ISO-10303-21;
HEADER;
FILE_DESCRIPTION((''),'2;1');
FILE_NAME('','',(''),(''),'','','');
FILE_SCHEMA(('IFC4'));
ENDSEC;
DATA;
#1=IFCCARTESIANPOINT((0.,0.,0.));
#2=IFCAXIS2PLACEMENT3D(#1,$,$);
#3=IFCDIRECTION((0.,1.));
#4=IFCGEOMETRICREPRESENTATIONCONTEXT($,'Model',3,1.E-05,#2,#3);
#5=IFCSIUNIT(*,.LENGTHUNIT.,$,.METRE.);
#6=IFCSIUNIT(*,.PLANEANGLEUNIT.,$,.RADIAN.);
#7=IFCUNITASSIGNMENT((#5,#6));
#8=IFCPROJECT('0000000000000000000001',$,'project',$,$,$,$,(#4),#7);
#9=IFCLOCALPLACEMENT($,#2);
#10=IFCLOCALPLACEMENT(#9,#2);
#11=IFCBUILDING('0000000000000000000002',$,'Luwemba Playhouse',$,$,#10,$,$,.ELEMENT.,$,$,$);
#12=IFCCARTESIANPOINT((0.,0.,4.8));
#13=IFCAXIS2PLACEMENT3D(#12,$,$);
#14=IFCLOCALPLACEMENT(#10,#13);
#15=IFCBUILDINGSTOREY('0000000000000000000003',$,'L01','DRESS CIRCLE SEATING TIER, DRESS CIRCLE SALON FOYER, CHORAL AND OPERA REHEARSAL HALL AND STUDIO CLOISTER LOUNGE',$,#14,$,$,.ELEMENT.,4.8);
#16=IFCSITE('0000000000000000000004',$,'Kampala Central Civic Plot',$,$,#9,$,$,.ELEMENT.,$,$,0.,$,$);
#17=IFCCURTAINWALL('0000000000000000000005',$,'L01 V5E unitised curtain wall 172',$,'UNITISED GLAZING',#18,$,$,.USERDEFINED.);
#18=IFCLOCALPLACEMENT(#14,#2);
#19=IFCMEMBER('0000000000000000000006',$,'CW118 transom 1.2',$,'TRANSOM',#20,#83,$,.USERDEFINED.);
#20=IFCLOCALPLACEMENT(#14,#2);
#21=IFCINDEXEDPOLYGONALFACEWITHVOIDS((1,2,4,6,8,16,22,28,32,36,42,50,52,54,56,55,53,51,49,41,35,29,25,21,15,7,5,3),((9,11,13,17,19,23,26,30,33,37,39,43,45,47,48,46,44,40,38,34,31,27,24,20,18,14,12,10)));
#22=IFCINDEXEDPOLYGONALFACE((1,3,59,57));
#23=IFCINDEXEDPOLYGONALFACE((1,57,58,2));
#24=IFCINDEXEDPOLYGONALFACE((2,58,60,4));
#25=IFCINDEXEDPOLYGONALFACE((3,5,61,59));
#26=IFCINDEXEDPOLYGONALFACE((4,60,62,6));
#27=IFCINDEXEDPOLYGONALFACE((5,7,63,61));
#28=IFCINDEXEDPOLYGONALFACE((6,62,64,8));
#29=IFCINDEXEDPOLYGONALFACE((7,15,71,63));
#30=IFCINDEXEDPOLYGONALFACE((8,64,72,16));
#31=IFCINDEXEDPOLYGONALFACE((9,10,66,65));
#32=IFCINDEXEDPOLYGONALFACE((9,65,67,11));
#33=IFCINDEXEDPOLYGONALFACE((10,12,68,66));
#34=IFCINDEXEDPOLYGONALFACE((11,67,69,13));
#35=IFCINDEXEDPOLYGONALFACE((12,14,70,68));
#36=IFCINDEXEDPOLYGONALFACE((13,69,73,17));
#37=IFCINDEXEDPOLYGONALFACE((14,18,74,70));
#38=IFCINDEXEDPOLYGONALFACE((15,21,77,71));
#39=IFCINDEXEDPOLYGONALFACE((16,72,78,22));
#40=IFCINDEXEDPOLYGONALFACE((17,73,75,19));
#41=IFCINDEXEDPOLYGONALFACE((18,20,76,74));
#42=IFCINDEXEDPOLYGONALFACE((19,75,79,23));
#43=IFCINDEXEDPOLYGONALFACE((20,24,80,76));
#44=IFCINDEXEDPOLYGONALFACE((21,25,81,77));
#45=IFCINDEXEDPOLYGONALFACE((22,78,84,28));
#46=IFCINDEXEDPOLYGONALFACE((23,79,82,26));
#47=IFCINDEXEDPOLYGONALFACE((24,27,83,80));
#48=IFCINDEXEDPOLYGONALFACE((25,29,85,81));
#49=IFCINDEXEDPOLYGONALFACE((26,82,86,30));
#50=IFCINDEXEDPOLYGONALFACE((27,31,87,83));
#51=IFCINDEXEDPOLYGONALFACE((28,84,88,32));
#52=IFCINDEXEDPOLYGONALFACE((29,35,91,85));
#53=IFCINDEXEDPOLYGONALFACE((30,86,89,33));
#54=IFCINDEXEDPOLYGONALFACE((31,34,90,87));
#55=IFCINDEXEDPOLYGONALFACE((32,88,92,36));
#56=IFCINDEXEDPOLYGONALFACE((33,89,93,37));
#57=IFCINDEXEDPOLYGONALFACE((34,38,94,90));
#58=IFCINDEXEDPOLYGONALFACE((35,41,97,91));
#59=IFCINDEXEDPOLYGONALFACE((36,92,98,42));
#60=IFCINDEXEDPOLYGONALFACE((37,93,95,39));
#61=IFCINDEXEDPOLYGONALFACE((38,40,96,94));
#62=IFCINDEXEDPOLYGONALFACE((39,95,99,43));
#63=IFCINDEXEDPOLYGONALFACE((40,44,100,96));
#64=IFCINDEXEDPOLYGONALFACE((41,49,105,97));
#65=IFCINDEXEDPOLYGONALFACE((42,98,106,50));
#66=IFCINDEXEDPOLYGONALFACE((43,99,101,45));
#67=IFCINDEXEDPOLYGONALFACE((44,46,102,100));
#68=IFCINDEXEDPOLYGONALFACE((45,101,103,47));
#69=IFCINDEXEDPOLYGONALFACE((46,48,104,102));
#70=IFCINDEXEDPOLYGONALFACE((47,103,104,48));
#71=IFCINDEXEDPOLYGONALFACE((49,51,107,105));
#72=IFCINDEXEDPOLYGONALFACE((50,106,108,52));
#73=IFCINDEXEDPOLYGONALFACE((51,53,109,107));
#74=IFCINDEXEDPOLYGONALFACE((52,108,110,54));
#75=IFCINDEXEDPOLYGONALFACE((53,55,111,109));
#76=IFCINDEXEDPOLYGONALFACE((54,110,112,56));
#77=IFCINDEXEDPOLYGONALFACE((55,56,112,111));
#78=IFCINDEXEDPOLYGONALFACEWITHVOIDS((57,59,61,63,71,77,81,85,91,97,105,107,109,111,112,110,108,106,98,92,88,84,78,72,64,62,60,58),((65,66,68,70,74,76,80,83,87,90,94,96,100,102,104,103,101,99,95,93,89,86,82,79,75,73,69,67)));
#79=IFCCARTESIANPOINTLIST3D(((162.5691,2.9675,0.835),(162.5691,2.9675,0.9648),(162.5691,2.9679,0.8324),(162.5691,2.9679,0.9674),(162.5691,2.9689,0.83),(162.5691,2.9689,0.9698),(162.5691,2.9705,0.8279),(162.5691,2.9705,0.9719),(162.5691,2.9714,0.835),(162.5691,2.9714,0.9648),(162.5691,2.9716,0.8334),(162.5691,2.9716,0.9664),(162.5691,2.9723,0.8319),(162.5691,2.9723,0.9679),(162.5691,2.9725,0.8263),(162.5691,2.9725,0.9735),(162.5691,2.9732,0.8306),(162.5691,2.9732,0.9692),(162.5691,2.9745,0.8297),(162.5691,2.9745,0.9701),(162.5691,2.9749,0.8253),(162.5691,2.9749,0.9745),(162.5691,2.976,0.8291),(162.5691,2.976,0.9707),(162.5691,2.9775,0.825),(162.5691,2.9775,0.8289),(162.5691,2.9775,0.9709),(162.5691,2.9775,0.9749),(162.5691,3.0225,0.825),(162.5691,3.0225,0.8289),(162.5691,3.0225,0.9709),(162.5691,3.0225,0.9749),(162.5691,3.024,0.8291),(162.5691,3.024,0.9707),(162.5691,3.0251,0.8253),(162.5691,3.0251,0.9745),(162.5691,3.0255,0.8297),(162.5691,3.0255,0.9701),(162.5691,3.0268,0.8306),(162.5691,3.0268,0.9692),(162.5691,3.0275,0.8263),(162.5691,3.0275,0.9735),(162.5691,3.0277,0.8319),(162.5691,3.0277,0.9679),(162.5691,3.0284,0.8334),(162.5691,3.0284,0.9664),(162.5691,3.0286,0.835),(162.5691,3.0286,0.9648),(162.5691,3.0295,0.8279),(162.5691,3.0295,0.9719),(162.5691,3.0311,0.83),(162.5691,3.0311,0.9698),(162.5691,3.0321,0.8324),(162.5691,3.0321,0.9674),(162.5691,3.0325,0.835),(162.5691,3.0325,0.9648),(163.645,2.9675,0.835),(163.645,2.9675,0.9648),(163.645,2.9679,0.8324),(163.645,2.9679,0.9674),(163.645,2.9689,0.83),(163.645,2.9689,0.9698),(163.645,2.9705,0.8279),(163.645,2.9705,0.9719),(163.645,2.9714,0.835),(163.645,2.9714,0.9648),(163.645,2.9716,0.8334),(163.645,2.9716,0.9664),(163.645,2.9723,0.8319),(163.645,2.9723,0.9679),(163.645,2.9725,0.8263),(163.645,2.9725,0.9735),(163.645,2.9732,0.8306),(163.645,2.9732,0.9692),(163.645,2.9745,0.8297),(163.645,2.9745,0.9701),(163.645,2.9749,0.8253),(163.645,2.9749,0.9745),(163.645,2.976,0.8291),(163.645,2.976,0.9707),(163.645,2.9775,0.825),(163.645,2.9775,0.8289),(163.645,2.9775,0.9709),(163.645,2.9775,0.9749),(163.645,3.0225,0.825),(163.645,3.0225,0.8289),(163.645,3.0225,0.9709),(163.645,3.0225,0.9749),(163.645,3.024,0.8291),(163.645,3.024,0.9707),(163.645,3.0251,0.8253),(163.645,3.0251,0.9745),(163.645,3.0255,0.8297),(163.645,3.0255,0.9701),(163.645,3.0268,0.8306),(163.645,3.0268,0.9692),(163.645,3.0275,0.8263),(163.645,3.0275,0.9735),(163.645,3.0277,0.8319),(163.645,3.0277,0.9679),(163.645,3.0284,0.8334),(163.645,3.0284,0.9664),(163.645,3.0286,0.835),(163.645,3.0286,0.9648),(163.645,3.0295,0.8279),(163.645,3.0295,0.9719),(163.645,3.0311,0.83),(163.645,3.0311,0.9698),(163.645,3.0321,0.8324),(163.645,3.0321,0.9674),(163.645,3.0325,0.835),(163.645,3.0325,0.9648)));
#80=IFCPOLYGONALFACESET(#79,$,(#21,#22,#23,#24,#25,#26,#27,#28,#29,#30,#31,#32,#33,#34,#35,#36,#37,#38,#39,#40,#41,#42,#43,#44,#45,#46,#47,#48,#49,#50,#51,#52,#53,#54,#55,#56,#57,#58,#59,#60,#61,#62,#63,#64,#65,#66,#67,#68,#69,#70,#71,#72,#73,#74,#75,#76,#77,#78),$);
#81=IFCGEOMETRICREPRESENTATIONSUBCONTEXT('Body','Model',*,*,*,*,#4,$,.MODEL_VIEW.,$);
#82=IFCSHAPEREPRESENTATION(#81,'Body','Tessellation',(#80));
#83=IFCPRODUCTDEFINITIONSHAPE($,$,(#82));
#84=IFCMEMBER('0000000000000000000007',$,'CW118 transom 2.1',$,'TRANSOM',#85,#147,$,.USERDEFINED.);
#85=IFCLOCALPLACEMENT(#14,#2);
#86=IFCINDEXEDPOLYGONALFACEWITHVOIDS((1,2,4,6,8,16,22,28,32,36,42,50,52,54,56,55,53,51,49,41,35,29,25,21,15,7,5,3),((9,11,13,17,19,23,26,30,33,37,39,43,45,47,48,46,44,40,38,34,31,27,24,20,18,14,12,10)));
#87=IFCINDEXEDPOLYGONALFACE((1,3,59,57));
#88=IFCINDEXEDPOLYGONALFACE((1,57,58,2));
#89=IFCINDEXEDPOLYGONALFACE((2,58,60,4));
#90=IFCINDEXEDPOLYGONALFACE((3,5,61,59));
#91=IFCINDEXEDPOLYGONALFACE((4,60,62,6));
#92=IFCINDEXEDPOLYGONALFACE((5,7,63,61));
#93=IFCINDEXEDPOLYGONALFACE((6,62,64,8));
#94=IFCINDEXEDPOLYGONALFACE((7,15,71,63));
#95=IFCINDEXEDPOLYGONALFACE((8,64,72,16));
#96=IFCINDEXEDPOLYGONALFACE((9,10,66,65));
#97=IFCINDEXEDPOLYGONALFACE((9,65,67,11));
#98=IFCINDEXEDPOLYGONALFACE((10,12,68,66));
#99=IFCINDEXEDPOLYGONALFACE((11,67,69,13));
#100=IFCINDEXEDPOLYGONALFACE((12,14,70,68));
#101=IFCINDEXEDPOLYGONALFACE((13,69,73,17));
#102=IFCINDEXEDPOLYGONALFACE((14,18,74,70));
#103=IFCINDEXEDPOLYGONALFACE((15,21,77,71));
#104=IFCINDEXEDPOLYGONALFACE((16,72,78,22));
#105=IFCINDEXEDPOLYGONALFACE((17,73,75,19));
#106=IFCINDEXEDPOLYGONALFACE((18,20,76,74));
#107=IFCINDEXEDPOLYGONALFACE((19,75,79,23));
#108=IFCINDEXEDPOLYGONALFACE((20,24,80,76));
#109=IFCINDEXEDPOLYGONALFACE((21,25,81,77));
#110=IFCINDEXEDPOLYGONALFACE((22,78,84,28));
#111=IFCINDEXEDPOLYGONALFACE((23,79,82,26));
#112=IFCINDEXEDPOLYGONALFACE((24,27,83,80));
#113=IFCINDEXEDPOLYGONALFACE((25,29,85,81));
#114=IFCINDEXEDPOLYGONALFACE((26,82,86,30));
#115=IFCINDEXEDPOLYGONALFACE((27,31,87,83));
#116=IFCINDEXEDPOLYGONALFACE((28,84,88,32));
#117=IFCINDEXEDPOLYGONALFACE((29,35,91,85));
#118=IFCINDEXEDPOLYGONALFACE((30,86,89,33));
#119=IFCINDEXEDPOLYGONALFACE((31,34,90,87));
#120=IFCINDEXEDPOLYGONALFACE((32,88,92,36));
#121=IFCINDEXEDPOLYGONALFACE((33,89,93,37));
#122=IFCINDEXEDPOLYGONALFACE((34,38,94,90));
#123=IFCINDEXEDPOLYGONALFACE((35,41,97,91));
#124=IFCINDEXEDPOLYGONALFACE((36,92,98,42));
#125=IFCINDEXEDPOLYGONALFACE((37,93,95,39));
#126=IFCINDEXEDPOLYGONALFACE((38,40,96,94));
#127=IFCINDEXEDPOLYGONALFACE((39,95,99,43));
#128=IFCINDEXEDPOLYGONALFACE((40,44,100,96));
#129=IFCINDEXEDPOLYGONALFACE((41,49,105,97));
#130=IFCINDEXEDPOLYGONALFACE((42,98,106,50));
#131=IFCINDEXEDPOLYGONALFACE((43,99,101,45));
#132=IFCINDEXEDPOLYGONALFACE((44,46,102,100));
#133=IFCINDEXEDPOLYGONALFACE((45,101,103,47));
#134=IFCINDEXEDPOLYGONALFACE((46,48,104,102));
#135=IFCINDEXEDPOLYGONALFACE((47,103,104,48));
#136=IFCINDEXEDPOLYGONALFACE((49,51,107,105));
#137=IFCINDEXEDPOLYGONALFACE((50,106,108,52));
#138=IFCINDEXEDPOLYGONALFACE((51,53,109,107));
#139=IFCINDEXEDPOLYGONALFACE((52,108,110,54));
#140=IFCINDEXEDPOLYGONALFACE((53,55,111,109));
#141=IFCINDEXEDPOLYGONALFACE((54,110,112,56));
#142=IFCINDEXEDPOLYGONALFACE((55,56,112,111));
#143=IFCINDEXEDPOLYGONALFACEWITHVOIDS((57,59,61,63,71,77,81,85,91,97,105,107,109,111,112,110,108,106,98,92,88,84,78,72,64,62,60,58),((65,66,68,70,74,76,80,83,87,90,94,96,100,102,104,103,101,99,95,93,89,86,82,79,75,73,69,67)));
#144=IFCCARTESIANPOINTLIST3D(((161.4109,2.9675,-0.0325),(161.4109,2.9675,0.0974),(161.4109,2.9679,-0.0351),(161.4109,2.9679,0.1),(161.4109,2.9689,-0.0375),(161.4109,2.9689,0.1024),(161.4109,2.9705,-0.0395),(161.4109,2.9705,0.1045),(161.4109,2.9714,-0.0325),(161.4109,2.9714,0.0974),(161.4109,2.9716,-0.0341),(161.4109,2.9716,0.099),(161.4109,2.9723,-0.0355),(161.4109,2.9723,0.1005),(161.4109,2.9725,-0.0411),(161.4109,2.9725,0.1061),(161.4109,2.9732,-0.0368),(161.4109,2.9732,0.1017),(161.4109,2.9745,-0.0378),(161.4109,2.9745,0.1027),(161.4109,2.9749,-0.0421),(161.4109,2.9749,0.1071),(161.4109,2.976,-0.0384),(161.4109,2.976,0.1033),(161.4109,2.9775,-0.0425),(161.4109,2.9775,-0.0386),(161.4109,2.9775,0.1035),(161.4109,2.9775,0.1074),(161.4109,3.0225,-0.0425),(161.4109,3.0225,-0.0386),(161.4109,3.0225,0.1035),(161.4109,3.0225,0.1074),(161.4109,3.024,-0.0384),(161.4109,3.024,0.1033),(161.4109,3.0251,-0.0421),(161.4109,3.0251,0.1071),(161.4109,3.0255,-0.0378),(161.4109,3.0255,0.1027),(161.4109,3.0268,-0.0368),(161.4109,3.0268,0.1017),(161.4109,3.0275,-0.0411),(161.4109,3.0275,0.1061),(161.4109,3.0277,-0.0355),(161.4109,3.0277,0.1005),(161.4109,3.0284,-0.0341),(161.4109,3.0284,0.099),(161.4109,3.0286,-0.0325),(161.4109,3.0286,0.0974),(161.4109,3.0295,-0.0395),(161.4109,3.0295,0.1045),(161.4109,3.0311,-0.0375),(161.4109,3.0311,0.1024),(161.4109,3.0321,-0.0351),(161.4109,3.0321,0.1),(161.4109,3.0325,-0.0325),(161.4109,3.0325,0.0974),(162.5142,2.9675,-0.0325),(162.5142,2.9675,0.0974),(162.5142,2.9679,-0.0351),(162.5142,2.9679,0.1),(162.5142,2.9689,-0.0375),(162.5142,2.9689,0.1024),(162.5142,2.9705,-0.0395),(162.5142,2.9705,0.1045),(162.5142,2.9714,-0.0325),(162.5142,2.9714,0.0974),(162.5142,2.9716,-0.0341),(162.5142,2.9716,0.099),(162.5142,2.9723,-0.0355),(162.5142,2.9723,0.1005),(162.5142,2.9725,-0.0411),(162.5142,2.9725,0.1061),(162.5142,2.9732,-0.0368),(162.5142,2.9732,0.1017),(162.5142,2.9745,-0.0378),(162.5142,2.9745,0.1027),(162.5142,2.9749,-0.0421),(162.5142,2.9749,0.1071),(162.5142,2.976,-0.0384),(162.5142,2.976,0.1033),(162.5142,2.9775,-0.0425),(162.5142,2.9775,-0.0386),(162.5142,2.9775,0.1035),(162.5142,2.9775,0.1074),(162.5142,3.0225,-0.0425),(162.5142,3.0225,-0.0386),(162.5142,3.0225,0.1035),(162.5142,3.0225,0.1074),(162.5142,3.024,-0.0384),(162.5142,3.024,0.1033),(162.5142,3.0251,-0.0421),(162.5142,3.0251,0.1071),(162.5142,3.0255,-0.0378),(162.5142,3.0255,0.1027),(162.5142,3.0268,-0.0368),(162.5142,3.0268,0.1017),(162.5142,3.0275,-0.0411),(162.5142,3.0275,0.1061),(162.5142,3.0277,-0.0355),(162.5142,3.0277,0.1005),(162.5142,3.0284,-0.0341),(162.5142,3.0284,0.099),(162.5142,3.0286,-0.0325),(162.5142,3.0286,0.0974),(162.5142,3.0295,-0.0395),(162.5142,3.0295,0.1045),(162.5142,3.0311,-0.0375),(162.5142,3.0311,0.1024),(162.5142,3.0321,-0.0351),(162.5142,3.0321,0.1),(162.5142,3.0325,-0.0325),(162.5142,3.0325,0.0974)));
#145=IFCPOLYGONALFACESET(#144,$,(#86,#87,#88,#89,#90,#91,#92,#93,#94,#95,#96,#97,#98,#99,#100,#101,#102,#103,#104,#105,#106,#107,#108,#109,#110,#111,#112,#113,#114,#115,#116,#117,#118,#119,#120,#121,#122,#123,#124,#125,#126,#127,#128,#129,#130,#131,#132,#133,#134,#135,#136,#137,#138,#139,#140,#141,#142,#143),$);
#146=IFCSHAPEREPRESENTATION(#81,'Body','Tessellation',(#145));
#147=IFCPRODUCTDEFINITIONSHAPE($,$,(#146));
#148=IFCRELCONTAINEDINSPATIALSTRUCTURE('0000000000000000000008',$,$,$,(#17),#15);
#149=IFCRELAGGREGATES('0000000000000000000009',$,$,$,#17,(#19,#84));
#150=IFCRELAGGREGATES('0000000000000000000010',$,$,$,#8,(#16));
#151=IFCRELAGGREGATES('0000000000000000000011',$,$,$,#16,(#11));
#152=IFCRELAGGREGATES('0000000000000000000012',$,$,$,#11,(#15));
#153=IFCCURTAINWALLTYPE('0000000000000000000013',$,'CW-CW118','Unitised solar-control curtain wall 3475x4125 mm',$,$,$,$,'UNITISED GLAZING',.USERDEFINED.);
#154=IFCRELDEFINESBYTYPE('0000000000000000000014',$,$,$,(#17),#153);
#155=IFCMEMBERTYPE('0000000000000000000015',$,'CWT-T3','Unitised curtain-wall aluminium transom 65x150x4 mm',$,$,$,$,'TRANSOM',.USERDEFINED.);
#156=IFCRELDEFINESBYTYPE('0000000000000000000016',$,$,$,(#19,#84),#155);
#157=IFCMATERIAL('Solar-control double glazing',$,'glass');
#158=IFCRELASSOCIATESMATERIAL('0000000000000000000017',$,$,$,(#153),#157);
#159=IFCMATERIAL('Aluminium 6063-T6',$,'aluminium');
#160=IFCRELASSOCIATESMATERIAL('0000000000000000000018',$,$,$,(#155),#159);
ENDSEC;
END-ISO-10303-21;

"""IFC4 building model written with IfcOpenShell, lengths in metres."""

from ifc_helpers import new_model, si_unit, direction, frame, origin, origin_2d, place, context, subcontext, project, spatial, hollow_rectangle, extrude, material, material_profile, profile_set, type_object, element, aggregate, save


model = new_model("IFC4")

# Units and contexts
model_context = context("Model", 3, precision=1e-05, world=origin(), true_north=direction((0.0, 1.0)))
body_context = subcontext(model_context, "Body", "Model", "MODEL_VIEW")
ifc_project = project(units=[si_unit("LENGTHUNIT", "METRE"), si_unit("PLANEANGLEUNIT", "RADIAN")], contexts=[model_context])

# Site, building, storey
site_placement = place(None, origin())
site = spatial("IfcSite", under=ifc_project, at=site_placement, Name="Kampala Central Civic Plot", CompositionType="ELEMENT", RefElevation=0.0)
building_placement = place(site_placement, origin())
building = spatial("IfcBuilding", under=site, at=building_placement, Name="Luwemba Playhouse", CompositionType="ELEMENT")
storey_placement = place(building_placement, frame((0.0, 0.0, 4.8)))
storey = spatial("IfcBuildingStorey", under=building, at=storey_placement, Name="L01", Description="DRESS CIRCLE SEATING TIER, DRESS CIRCLE SALON FOYER, CHORAL AND OPERA REHEARSAL HALL AND STUDIO CLOISTER LOUNGE", CompositionType="ELEMENT", Elevation=4.8)

# Shared definitions
ifc_material_1 = material(Name="Solar-control double glazing", Category="glass")
ifc_material_2 = material(Name="Aluminium 6063-T6", Category="aluminium")

# Curtain wall
curtain_wall_type_1 = type_object("IfcCurtainWallType", Name="CW-CW118", Description="Unitised solar-control curtain wall 3475x4125 mm", ElementType="UNITISED GLAZING", PredefinedType="USERDEFINED", material=ifc_material_1)
curtain_wall_1_placement = place(storey_placement, origin())
curtain_wall_1 = element("IfcCurtainWall", 1, at=curtain_wall_1_placement, inside=storey, type_object=curtain_wall_type_1, Name="L01 V5E unitised curtain wall 172", ObjectType="UNITISED GLAZING", PredefinedType="USERDEFINED")

# Members
ifc_material_profile_1 = material_profile(ifc_material_2, hollow_rectangle(XDim=0.0649, YDim=0.1499, WallThickness=0.0039, InnerFilletRadius=0.0061, OuterFilletRadius=0.01, at=origin_2d()))
ifc_profile_set_1 = profile_set([ifc_material_profile_1], Name="Aluminium 6063-T6")
member_type_1 = type_object("IfcMemberType", Name="CWT-T3", Description="Unitised curtain-wall aluminium transom 65x150x4 mm", ElementType="TRANSOM", PredefinedType="USERDEFINED", material=ifc_profile_set_1)
member_1_placement = place(storey_placement, frame((163.645, 3.0, 0.8999), z_axis=(-1.0, 0.0, 0.0), x_axis=(0.0, -1.0, 0.0)))
member_1 = element("IfcMember", 2, at=member_1_placement, type_object=member_type_1, Name="CW118 transom 1.2", ObjectType="TRANSOM", PredefinedType="USERDEFINED", context=body_context, shape_type="SweptSolid", body=[
    extrude(hollow_rectangle(XDim=0.0649, YDim=0.1499, WallThickness=0.0039, InnerFilletRadius=0.0061, OuterFilletRadius=0.01, at=origin_2d()), origin(), (0.0, 0.0, 1.0), 1.0759),
])
member_2_placement = place(storey_placement, frame((162.5142, 3.0, 0.0325), z_axis=(-1.0, 0.0, 0.0), x_axis=(0.0, -1.0, 0.0)))
member_2 = element("IfcMember", 3, at=member_2_placement, type_object=member_type_1, Name="CW118 transom 2.1", ObjectType="TRANSOM", PredefinedType="USERDEFINED", context=body_context, shape_type="SweptSolid", body=[
    extrude(hollow_rectangle(XDim=0.0649, YDim=0.1499, WallThickness=0.0039, InnerFilletRadius=0.0061, OuterFilletRadius=0.01, at=origin_2d()), origin(), (0.0, 0.0, 1.0), 1.1033),
])

aggregate(curtain_wall_1, [member_1, member_2])

save(model, "model.ifc")
